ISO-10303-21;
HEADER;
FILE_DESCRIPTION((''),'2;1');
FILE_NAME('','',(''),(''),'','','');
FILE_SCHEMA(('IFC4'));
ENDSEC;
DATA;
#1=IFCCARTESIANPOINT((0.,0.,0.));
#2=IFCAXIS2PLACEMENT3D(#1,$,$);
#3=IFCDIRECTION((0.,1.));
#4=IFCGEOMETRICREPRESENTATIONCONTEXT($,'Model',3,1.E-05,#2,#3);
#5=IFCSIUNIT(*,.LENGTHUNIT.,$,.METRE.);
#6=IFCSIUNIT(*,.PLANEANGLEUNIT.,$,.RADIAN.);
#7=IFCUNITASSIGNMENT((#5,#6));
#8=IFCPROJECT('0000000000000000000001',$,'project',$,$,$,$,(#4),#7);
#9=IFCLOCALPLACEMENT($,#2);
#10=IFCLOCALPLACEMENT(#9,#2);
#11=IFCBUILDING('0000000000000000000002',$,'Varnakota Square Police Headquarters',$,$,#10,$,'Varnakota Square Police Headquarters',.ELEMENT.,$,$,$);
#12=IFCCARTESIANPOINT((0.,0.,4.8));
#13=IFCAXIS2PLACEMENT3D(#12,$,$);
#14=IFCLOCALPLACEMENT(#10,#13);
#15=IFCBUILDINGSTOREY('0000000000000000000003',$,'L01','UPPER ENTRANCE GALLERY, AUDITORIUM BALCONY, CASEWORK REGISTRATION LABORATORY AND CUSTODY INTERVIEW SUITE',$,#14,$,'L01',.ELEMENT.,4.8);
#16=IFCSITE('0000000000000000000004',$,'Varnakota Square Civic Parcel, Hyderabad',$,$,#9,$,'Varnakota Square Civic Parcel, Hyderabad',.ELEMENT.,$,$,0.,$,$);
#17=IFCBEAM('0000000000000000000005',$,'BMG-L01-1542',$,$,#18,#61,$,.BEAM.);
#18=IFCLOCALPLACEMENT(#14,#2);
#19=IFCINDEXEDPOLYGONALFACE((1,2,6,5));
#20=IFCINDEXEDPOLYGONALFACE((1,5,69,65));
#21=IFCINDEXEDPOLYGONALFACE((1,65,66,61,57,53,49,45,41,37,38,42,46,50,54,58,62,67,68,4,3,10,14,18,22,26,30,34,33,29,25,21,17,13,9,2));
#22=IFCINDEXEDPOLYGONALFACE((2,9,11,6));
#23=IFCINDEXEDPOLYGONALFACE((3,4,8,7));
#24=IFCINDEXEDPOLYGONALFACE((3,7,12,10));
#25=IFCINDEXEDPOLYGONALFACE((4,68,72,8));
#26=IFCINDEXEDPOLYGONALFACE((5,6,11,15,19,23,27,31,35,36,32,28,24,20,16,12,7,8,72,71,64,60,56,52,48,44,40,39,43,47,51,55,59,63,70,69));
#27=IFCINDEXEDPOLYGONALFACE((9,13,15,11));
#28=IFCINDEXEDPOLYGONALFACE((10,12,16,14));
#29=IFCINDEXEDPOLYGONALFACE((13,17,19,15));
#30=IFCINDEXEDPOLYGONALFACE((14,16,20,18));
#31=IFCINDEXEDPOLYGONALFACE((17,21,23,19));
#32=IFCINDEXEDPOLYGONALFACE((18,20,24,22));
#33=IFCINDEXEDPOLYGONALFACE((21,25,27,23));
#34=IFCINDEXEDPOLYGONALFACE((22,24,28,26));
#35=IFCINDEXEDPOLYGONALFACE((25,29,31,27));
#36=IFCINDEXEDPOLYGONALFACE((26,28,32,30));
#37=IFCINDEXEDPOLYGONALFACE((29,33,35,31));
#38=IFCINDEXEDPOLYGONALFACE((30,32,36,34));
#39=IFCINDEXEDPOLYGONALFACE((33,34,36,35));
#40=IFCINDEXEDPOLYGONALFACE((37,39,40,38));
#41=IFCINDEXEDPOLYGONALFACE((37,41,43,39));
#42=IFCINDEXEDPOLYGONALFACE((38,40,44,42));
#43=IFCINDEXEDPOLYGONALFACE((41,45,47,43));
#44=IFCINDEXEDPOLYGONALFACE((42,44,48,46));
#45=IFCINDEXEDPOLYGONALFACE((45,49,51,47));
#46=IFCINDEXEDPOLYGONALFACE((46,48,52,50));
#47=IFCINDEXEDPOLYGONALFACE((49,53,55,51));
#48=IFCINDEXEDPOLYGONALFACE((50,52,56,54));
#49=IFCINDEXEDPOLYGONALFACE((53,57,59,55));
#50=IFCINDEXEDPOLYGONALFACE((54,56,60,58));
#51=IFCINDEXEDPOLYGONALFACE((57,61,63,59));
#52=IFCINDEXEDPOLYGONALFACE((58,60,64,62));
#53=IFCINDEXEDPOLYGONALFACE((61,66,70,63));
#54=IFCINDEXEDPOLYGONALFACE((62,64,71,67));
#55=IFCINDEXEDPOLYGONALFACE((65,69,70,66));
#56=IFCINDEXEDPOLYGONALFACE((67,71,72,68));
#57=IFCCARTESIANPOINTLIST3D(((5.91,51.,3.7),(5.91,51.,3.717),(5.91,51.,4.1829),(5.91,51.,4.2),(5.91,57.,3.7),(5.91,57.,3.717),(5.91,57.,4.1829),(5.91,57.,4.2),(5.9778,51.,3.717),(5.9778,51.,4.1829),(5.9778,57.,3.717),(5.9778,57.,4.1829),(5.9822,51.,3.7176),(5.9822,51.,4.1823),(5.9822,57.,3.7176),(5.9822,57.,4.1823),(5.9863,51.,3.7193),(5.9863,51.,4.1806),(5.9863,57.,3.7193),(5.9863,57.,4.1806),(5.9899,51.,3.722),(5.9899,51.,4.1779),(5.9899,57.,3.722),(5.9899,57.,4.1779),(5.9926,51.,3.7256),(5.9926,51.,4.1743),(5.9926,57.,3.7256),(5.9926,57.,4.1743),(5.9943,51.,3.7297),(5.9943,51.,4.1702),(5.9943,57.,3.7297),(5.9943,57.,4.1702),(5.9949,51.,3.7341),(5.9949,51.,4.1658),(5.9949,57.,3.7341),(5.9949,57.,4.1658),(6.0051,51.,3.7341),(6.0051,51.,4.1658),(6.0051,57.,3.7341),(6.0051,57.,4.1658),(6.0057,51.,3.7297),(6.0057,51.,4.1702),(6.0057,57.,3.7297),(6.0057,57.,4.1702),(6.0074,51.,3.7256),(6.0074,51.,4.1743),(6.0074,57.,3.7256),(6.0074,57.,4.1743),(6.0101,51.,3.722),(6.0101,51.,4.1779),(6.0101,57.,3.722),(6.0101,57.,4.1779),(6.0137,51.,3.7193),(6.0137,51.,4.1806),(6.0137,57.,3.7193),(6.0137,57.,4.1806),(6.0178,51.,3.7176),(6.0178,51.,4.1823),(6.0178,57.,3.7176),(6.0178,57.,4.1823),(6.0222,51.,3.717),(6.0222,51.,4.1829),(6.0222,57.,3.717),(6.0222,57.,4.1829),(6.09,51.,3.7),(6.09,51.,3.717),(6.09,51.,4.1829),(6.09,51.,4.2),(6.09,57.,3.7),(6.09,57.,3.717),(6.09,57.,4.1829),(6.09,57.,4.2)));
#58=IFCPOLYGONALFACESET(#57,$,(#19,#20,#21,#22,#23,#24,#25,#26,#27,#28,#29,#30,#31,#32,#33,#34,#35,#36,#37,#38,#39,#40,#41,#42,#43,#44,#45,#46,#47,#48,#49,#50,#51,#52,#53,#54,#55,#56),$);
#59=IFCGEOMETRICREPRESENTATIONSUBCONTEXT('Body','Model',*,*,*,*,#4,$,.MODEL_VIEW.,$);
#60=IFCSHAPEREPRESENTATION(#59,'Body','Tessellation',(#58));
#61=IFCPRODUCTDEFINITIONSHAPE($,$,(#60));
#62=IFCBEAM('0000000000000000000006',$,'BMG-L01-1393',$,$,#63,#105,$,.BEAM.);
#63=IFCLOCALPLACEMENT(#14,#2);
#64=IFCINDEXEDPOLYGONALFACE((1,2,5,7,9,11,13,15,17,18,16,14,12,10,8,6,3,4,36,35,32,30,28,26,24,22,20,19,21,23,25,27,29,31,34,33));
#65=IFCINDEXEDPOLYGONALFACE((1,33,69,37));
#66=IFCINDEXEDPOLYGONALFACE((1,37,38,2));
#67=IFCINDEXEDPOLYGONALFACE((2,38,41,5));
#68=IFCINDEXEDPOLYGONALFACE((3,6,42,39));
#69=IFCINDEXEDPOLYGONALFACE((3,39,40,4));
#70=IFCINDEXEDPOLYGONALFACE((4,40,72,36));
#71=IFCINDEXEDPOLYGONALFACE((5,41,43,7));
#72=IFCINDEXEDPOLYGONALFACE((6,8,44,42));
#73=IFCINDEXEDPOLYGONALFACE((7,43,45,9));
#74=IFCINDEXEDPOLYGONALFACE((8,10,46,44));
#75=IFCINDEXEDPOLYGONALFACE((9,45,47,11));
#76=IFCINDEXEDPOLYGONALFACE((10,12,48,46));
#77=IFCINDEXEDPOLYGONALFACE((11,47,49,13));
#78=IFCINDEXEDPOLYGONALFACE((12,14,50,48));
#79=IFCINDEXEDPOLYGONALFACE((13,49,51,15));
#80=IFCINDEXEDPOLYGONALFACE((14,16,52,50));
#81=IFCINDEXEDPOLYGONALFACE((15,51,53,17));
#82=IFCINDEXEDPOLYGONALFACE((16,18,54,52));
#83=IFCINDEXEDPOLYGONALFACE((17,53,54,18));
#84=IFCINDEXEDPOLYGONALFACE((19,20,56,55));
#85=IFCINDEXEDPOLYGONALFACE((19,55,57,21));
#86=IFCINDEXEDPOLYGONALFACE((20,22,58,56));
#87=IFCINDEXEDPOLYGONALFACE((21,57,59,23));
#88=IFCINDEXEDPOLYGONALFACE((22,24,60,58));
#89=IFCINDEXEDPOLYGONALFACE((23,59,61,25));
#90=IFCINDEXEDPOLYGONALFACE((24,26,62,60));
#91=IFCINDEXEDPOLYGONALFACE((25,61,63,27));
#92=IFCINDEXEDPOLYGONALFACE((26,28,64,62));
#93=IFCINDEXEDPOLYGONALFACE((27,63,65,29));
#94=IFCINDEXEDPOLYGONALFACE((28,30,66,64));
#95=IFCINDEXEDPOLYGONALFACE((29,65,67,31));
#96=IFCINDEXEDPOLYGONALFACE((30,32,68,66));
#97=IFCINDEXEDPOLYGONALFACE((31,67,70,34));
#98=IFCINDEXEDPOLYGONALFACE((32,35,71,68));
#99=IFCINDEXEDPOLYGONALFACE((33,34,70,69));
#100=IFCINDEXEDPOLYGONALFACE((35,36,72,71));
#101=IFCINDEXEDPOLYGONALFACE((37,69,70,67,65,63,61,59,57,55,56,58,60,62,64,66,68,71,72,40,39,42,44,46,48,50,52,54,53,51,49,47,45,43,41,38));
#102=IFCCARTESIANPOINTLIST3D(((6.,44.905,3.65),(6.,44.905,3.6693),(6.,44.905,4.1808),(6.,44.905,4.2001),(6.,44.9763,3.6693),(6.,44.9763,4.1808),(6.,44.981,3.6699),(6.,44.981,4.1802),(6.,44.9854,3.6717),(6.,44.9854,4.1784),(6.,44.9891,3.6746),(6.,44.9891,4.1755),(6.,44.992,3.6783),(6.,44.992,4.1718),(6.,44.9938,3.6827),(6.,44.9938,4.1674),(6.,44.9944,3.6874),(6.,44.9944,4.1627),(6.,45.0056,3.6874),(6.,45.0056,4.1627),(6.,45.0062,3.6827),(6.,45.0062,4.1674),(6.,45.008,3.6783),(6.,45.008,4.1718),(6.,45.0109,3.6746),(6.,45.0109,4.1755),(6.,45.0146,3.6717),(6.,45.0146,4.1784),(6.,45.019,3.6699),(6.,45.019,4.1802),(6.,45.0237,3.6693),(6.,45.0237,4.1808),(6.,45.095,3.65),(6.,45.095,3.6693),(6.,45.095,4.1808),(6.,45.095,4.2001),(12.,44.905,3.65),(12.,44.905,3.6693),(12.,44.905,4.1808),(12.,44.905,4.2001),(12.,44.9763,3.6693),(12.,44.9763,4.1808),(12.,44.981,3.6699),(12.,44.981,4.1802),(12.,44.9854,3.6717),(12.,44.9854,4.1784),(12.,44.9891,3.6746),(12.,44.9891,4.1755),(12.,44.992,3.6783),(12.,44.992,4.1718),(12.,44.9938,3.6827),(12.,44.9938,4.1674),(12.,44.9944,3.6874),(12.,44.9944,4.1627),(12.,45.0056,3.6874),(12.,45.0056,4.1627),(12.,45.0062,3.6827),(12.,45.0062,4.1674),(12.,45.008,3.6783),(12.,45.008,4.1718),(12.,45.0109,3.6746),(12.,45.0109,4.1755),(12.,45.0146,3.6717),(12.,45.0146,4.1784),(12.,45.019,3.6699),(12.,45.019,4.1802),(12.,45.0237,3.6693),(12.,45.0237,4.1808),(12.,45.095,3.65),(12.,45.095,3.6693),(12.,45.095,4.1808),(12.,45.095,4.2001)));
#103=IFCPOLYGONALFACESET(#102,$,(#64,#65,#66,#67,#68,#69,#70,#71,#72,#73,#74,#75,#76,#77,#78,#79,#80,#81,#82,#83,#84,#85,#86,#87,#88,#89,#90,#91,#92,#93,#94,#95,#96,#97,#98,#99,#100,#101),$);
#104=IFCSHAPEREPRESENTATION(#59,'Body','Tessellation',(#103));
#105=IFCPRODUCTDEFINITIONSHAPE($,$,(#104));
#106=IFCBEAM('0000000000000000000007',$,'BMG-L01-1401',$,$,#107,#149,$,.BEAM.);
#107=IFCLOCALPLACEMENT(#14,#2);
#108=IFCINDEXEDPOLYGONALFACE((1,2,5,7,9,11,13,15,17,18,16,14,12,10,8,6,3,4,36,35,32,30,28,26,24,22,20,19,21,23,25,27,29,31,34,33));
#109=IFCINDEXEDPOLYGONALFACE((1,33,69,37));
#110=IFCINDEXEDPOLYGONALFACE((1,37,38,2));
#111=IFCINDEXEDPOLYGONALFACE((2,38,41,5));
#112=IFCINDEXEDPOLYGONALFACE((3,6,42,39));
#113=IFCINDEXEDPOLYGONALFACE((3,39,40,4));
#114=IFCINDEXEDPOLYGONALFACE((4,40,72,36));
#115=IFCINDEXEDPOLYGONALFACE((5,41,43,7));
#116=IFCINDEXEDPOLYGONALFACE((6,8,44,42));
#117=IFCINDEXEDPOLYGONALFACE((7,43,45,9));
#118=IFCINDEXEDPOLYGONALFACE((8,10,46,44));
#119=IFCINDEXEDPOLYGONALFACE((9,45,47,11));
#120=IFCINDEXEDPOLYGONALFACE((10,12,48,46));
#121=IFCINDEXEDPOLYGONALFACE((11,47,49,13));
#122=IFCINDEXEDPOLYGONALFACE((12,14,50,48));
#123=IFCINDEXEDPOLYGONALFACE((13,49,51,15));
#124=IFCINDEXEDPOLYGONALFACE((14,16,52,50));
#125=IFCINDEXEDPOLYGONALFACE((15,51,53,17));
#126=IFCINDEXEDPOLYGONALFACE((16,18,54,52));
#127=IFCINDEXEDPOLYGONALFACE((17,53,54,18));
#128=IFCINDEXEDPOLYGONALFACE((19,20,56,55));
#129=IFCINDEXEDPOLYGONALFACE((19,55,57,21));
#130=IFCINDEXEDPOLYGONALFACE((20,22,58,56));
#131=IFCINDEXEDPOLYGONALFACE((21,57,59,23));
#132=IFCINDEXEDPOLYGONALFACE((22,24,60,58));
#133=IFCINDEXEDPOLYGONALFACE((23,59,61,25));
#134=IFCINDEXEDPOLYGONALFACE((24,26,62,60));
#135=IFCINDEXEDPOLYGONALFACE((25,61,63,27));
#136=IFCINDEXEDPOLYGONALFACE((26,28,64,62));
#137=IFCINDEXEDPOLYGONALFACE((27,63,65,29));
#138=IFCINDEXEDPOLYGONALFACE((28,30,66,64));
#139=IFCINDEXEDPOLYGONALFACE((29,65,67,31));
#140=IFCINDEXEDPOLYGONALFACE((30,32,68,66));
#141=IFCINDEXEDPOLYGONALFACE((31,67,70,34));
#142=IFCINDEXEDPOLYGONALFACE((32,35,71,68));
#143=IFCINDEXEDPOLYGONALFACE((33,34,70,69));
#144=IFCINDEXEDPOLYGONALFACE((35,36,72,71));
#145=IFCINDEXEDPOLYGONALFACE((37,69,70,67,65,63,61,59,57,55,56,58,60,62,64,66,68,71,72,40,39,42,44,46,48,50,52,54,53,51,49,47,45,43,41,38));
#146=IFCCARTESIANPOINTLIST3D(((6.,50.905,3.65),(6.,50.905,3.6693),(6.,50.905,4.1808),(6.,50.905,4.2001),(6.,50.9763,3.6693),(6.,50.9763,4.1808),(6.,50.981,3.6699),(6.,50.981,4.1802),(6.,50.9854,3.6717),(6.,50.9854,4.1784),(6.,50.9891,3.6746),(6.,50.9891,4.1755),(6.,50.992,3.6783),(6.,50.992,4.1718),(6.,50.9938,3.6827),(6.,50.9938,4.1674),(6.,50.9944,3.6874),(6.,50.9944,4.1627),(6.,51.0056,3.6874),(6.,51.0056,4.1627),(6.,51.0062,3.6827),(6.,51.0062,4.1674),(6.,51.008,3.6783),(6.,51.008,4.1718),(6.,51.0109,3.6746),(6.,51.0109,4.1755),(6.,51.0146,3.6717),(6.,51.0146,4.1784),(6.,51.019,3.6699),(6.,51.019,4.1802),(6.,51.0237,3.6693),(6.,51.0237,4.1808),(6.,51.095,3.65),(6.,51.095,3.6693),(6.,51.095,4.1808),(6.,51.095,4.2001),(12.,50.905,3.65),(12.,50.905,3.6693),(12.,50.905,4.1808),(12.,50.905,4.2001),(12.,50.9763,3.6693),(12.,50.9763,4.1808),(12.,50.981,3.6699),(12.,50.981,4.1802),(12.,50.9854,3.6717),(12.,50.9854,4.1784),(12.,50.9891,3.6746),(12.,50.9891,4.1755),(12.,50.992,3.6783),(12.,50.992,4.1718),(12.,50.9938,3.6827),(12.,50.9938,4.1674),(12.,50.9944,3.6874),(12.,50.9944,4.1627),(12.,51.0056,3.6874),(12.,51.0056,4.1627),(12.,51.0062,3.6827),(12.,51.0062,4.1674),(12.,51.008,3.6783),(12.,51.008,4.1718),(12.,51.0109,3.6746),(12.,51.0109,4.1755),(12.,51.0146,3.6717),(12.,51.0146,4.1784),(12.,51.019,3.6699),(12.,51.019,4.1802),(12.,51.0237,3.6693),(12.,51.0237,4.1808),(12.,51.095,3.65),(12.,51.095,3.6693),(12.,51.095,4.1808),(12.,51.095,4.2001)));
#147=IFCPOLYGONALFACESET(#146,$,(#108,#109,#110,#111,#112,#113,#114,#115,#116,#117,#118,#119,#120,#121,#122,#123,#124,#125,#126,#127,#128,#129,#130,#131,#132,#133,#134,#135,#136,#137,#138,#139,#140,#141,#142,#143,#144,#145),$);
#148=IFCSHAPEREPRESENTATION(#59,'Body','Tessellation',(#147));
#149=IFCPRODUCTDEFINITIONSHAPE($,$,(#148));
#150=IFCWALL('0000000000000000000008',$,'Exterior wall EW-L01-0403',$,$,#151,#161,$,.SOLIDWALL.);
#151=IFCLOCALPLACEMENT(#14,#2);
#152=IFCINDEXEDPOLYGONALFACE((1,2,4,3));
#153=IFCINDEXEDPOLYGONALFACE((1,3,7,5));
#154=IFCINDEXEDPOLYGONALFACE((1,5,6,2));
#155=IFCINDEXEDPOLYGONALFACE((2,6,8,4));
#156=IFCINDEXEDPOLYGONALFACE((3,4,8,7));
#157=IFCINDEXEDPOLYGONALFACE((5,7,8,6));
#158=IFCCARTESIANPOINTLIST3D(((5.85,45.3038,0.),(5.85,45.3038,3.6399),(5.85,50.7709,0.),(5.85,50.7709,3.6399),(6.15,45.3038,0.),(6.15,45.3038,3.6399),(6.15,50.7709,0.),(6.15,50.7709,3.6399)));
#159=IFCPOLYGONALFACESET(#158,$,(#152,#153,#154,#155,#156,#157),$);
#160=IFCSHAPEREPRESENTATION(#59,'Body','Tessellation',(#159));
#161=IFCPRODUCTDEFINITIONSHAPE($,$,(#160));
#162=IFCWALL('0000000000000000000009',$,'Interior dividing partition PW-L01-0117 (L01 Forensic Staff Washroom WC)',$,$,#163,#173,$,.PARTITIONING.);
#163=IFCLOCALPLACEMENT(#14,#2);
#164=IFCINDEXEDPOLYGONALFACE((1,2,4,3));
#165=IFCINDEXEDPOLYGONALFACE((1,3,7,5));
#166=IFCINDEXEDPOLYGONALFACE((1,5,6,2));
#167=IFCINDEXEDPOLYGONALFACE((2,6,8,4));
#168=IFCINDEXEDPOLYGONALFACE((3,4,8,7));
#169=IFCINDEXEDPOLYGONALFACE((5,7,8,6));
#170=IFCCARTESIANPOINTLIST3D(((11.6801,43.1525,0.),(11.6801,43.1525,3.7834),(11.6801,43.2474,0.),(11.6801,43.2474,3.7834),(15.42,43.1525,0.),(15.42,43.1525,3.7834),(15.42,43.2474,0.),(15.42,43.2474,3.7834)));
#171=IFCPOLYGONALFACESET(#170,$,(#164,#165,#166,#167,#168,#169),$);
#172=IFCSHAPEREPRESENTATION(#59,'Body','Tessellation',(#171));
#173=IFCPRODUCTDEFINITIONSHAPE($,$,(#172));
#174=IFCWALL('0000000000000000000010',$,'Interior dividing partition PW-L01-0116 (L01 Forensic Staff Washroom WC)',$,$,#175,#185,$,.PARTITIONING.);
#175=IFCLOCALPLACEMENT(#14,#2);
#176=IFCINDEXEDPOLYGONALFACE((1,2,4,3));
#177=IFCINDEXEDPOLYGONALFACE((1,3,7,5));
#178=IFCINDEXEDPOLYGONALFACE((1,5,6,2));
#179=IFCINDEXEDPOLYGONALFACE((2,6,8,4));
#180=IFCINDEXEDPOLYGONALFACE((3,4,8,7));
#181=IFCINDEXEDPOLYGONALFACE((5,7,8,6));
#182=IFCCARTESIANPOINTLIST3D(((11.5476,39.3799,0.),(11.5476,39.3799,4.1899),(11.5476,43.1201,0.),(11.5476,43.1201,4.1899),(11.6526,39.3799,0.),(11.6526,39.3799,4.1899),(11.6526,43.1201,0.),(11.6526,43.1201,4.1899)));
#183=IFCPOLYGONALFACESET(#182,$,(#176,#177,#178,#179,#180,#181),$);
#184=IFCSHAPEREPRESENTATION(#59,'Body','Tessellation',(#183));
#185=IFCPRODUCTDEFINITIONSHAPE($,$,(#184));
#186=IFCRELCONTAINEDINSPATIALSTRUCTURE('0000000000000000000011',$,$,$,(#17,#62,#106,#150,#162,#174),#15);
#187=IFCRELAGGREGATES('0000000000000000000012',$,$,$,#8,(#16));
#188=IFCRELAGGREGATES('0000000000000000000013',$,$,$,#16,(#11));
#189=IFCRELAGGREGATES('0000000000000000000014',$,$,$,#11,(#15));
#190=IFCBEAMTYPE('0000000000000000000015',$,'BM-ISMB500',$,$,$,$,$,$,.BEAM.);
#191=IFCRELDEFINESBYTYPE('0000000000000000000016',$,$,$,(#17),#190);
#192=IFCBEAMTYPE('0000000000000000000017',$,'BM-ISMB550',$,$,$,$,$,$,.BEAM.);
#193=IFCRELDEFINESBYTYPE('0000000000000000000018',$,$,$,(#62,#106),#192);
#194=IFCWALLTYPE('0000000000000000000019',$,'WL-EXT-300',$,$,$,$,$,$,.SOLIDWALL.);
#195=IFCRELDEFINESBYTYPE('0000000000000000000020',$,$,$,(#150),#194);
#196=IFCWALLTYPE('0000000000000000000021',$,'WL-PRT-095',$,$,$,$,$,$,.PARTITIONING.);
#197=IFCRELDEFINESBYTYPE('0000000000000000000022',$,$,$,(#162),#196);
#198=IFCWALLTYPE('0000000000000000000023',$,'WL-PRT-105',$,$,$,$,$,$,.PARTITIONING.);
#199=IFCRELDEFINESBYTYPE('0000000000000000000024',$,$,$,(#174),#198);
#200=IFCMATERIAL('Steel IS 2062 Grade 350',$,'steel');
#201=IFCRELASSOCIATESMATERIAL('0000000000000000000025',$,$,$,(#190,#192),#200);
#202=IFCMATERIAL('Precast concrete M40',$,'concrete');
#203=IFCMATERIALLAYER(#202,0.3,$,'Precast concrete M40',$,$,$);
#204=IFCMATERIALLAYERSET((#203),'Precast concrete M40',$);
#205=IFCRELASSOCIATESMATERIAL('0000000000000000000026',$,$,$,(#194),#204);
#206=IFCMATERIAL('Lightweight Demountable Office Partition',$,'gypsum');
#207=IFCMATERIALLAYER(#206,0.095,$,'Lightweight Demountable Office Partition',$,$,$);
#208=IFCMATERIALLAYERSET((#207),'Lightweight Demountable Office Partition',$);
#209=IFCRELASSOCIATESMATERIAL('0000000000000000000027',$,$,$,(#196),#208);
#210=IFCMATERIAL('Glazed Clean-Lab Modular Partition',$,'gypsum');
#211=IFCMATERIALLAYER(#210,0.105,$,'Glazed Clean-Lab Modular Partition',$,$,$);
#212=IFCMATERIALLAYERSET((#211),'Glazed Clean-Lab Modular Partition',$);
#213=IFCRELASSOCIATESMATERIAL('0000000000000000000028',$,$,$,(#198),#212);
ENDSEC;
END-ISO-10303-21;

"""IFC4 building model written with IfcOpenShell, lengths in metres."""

from ifc_helpers import new_model, si_unit, direction, frame, frame_2d, origin, origin_2d, place, context, subcontext, project, spatial, rectangle, i_section, extrude, material, layer, layer_set, material_profile, profile_set, type_object, element, save


model = new_model("IFC4")

# Units and contexts
model_context = context("Model", 3, precision=1e-05, world=origin(), true_north=direction((0.0, 1.0)))
body_context = subcontext(model_context, "Body", "Model", "MODEL_VIEW")
ifc_project = project(units=[si_unit("LENGTHUNIT", "METRE"), si_unit("PLANEANGLEUNIT", "RADIAN")], contexts=[model_context])

# Site, building, storey
site_placement = place(None, origin())
site = spatial("IfcSite", under=ifc_project, at=site_placement, Name="Varnakota Square Civic Parcel, Hyderabad", LongName="Varnakota Square Civic Parcel, Hyderabad", CompositionType="ELEMENT", RefElevation=0.0)
building_placement = place(site_placement, origin())
building = spatial("IfcBuilding", under=site, at=building_placement, Name="Varnakota Square Police Headquarters", LongName="Varnakota Square Police Headquarters", CompositionType="ELEMENT")
storey_placement = place(building_placement, frame((0.0, 0.0, 4.8)))
storey = spatial("IfcBuildingStorey", under=building, at=storey_placement, Name="L01", Description="UPPER ENTRANCE GALLERY, AUDITORIUM BALCONY, CASEWORK REGISTRATION LABORATORY AND CUSTODY INTERVIEW SUITE", LongName="L01", CompositionType="ELEMENT", Elevation=4.8)

# Shared definitions
ifc_material_1 = material(Name="Steel IS 2062 Grade 350", Category="steel")

# Beams
ifc_material_profile_1 = material_profile(ifc_material_1, i_section(OverallWidth=0.1799, OverallDepth=0.5, WebThickness=0.0103, FlangeThickness=0.0171, FilletRadius=0.0171, at=origin_2d()), Name="ISMB 500")
ifc_profile_set_1 = profile_set([ifc_material_profile_1], Name="Steel IS 2062 Grade 350")
beam_type_1 = type_object("IfcBeamType", Name="BM-ISMB500", PredefinedType="BEAM", material=ifc_profile_set_1)
beam_1_placement = place(storey_placement, frame((6.0, 51.0, 3.95), z_axis=(0.0, 1.0, 0.0), x_axis=(-1.0, 0.0, 0.0)))
element("IfcBeam", 1, at=beam_1_placement, inside=storey, type_object=beam_type_1, Name="BMG-L01-1542", PredefinedType="BEAM", context=body_context, shape_type="SweptSolid", body=[
    extrude(i_section(OverallWidth=0.1799, OverallDepth=0.5, WebThickness=0.0103, FlangeThickness=0.0171, FilletRadius=0.0171, at=origin_2d()), origin(), (0.0, 0.0, 1.0), 6.0),
])
ifc_material_profile_2 = material_profile(ifc_material_1, i_section(OverallWidth=0.1899, OverallDepth=0.55, WebThickness=0.0112, FlangeThickness=0.0193, FilletRadius=0.0181, at=origin_2d()), Name="ISMB 550")
ifc_profile_set_2 = profile_set([ifc_material_profile_2], Name="Steel IS 2062 Grade 350")
beam_type_2 = type_object("IfcBeamType", Name="BM-ISMB550", PredefinedType="BEAM", material=ifc_profile_set_2)
for number, where, z_axis, x_axis, name in (
    (2, (6.0, 45.0, 3.925), (1.0, 0.0, 0.0), (0.0, 1.0, 0.0), "BMG-L01-1393"),
    (3, (6.0, 51.0, 3.925), (1.0, 0.0, 0.0), (0.0, 1.0, 0.0), "BMG-L01-1401"),
):
    element("IfcBeam", number, at=place(storey_placement, frame(where, z_axis=z_axis, x_axis=x_axis)), inside=storey, type_object=beam_type_2, Name=name, PredefinedType="BEAM", context=body_context, shape_type="SweptSolid", body=[
        extrude(i_section(OverallWidth=0.1899, OverallDepth=0.55, WebThickness=0.0112, FlangeThickness=0.0193, FilletRadius=0.0181, at=origin_2d()), origin(), (0.0, 0.0, 1.0), 6.0),
    ])

# Walls
ifc_material_2 = material(Name="Precast concrete M40", Category="concrete")
ifc_layer_1 = layer(ifc_material_2, 0.3, Name="Precast concrete M40")
ifc_layer_set_1 = layer_set([ifc_layer_1], Name="Precast concrete M40")
wall_type_1 = type_object("IfcWallType", Name="WL-EXT-300", PredefinedType="SOLIDWALL", material=ifc_layer_set_1)
wall_1_placement = place(storey_placement, frame((6.0, 45.304, 0.0), z_axis=(0.0, 0.0, 1.0), x_axis=(0.0, 1.0, 0.0)))
element("IfcWall", 4, at=wall_1_placement, inside=storey, type_object=wall_type_1, Name="Exterior wall EW-L01-0403", PredefinedType="SOLIDWALL", context=body_context, shape_type="SweptSolid", body=[
    extrude(rectangle(XDim=5.467, YDim=0.3, at=frame_2d((2.7334, 0.0))), origin(), (0.0, 0.0, 1.0), 3.6399),
])
ifc_material_3 = material(Name="Lightweight Demountable Office Partition", Category="gypsum")
ifc_layer_2 = layer(ifc_material_3, 0.095, Name="Lightweight Demountable Office Partition")
ifc_layer_set_2 = layer_set([ifc_layer_2], Name="Lightweight Demountable Office Partition")
wall_type_2 = type_object("IfcWallType", Name="WL-PRT-095", PredefinedType="PARTITIONING", material=ifc_layer_set_2)
wall_2_placement = place(storey_placement, frame((11.6799, 43.2, 0.0), z_axis=(0.0, 0.0, 1.0), x_axis=(1.0, 0.0, 0.0)))
element("IfcWall", 5, at=wall_2_placement, inside=storey, type_object=wall_type_2, Name="Interior dividing partition PW-L01-0117 (L01 Forensic Staff Washroom WC)", PredefinedType="PARTITIONING", context=body_context, shape_type="SweptSolid", body=[
    extrude(rectangle(XDim=3.74, YDim=0.095, at=frame_2d((1.8701, 0.0))), origin(), (0.0, 0.0, 1.0), 3.7834),
])
ifc_material_4 = material(Name="Glazed Clean-Lab Modular Partition", Category="gypsum")
ifc_layer_3 = layer(ifc_material_4, 0.105, Name="Glazed Clean-Lab Modular Partition")
ifc_layer_set_3 = layer_set([ifc_layer_3], Name="Glazed Clean-Lab Modular Partition")
wall_type_3 = type_object("IfcWallType", Name="WL-PRT-105", PredefinedType="PARTITIONING", material=ifc_layer_set_3)
wall_3_placement = place(storey_placement, frame((11.6001, 39.3799, 0.0), z_axis=(0.0, 0.0, 1.0), x_axis=(0.0, 1.0, 0.0)))
element("IfcWall", 6, at=wall_3_placement, inside=storey, type_object=wall_type_3, Name="Interior dividing partition PW-L01-0116 (L01 Forensic Staff Washroom WC)", PredefinedType="PARTITIONING", context=body_context, shape_type="SweptSolid", body=[
    extrude(rectangle(XDim=3.7402, YDim=0.105, at=frame_2d((1.8701, 0.0))), origin(), (0.0, 0.0, 1.0), 4.1899),
])

save(model, "model.ifc")
